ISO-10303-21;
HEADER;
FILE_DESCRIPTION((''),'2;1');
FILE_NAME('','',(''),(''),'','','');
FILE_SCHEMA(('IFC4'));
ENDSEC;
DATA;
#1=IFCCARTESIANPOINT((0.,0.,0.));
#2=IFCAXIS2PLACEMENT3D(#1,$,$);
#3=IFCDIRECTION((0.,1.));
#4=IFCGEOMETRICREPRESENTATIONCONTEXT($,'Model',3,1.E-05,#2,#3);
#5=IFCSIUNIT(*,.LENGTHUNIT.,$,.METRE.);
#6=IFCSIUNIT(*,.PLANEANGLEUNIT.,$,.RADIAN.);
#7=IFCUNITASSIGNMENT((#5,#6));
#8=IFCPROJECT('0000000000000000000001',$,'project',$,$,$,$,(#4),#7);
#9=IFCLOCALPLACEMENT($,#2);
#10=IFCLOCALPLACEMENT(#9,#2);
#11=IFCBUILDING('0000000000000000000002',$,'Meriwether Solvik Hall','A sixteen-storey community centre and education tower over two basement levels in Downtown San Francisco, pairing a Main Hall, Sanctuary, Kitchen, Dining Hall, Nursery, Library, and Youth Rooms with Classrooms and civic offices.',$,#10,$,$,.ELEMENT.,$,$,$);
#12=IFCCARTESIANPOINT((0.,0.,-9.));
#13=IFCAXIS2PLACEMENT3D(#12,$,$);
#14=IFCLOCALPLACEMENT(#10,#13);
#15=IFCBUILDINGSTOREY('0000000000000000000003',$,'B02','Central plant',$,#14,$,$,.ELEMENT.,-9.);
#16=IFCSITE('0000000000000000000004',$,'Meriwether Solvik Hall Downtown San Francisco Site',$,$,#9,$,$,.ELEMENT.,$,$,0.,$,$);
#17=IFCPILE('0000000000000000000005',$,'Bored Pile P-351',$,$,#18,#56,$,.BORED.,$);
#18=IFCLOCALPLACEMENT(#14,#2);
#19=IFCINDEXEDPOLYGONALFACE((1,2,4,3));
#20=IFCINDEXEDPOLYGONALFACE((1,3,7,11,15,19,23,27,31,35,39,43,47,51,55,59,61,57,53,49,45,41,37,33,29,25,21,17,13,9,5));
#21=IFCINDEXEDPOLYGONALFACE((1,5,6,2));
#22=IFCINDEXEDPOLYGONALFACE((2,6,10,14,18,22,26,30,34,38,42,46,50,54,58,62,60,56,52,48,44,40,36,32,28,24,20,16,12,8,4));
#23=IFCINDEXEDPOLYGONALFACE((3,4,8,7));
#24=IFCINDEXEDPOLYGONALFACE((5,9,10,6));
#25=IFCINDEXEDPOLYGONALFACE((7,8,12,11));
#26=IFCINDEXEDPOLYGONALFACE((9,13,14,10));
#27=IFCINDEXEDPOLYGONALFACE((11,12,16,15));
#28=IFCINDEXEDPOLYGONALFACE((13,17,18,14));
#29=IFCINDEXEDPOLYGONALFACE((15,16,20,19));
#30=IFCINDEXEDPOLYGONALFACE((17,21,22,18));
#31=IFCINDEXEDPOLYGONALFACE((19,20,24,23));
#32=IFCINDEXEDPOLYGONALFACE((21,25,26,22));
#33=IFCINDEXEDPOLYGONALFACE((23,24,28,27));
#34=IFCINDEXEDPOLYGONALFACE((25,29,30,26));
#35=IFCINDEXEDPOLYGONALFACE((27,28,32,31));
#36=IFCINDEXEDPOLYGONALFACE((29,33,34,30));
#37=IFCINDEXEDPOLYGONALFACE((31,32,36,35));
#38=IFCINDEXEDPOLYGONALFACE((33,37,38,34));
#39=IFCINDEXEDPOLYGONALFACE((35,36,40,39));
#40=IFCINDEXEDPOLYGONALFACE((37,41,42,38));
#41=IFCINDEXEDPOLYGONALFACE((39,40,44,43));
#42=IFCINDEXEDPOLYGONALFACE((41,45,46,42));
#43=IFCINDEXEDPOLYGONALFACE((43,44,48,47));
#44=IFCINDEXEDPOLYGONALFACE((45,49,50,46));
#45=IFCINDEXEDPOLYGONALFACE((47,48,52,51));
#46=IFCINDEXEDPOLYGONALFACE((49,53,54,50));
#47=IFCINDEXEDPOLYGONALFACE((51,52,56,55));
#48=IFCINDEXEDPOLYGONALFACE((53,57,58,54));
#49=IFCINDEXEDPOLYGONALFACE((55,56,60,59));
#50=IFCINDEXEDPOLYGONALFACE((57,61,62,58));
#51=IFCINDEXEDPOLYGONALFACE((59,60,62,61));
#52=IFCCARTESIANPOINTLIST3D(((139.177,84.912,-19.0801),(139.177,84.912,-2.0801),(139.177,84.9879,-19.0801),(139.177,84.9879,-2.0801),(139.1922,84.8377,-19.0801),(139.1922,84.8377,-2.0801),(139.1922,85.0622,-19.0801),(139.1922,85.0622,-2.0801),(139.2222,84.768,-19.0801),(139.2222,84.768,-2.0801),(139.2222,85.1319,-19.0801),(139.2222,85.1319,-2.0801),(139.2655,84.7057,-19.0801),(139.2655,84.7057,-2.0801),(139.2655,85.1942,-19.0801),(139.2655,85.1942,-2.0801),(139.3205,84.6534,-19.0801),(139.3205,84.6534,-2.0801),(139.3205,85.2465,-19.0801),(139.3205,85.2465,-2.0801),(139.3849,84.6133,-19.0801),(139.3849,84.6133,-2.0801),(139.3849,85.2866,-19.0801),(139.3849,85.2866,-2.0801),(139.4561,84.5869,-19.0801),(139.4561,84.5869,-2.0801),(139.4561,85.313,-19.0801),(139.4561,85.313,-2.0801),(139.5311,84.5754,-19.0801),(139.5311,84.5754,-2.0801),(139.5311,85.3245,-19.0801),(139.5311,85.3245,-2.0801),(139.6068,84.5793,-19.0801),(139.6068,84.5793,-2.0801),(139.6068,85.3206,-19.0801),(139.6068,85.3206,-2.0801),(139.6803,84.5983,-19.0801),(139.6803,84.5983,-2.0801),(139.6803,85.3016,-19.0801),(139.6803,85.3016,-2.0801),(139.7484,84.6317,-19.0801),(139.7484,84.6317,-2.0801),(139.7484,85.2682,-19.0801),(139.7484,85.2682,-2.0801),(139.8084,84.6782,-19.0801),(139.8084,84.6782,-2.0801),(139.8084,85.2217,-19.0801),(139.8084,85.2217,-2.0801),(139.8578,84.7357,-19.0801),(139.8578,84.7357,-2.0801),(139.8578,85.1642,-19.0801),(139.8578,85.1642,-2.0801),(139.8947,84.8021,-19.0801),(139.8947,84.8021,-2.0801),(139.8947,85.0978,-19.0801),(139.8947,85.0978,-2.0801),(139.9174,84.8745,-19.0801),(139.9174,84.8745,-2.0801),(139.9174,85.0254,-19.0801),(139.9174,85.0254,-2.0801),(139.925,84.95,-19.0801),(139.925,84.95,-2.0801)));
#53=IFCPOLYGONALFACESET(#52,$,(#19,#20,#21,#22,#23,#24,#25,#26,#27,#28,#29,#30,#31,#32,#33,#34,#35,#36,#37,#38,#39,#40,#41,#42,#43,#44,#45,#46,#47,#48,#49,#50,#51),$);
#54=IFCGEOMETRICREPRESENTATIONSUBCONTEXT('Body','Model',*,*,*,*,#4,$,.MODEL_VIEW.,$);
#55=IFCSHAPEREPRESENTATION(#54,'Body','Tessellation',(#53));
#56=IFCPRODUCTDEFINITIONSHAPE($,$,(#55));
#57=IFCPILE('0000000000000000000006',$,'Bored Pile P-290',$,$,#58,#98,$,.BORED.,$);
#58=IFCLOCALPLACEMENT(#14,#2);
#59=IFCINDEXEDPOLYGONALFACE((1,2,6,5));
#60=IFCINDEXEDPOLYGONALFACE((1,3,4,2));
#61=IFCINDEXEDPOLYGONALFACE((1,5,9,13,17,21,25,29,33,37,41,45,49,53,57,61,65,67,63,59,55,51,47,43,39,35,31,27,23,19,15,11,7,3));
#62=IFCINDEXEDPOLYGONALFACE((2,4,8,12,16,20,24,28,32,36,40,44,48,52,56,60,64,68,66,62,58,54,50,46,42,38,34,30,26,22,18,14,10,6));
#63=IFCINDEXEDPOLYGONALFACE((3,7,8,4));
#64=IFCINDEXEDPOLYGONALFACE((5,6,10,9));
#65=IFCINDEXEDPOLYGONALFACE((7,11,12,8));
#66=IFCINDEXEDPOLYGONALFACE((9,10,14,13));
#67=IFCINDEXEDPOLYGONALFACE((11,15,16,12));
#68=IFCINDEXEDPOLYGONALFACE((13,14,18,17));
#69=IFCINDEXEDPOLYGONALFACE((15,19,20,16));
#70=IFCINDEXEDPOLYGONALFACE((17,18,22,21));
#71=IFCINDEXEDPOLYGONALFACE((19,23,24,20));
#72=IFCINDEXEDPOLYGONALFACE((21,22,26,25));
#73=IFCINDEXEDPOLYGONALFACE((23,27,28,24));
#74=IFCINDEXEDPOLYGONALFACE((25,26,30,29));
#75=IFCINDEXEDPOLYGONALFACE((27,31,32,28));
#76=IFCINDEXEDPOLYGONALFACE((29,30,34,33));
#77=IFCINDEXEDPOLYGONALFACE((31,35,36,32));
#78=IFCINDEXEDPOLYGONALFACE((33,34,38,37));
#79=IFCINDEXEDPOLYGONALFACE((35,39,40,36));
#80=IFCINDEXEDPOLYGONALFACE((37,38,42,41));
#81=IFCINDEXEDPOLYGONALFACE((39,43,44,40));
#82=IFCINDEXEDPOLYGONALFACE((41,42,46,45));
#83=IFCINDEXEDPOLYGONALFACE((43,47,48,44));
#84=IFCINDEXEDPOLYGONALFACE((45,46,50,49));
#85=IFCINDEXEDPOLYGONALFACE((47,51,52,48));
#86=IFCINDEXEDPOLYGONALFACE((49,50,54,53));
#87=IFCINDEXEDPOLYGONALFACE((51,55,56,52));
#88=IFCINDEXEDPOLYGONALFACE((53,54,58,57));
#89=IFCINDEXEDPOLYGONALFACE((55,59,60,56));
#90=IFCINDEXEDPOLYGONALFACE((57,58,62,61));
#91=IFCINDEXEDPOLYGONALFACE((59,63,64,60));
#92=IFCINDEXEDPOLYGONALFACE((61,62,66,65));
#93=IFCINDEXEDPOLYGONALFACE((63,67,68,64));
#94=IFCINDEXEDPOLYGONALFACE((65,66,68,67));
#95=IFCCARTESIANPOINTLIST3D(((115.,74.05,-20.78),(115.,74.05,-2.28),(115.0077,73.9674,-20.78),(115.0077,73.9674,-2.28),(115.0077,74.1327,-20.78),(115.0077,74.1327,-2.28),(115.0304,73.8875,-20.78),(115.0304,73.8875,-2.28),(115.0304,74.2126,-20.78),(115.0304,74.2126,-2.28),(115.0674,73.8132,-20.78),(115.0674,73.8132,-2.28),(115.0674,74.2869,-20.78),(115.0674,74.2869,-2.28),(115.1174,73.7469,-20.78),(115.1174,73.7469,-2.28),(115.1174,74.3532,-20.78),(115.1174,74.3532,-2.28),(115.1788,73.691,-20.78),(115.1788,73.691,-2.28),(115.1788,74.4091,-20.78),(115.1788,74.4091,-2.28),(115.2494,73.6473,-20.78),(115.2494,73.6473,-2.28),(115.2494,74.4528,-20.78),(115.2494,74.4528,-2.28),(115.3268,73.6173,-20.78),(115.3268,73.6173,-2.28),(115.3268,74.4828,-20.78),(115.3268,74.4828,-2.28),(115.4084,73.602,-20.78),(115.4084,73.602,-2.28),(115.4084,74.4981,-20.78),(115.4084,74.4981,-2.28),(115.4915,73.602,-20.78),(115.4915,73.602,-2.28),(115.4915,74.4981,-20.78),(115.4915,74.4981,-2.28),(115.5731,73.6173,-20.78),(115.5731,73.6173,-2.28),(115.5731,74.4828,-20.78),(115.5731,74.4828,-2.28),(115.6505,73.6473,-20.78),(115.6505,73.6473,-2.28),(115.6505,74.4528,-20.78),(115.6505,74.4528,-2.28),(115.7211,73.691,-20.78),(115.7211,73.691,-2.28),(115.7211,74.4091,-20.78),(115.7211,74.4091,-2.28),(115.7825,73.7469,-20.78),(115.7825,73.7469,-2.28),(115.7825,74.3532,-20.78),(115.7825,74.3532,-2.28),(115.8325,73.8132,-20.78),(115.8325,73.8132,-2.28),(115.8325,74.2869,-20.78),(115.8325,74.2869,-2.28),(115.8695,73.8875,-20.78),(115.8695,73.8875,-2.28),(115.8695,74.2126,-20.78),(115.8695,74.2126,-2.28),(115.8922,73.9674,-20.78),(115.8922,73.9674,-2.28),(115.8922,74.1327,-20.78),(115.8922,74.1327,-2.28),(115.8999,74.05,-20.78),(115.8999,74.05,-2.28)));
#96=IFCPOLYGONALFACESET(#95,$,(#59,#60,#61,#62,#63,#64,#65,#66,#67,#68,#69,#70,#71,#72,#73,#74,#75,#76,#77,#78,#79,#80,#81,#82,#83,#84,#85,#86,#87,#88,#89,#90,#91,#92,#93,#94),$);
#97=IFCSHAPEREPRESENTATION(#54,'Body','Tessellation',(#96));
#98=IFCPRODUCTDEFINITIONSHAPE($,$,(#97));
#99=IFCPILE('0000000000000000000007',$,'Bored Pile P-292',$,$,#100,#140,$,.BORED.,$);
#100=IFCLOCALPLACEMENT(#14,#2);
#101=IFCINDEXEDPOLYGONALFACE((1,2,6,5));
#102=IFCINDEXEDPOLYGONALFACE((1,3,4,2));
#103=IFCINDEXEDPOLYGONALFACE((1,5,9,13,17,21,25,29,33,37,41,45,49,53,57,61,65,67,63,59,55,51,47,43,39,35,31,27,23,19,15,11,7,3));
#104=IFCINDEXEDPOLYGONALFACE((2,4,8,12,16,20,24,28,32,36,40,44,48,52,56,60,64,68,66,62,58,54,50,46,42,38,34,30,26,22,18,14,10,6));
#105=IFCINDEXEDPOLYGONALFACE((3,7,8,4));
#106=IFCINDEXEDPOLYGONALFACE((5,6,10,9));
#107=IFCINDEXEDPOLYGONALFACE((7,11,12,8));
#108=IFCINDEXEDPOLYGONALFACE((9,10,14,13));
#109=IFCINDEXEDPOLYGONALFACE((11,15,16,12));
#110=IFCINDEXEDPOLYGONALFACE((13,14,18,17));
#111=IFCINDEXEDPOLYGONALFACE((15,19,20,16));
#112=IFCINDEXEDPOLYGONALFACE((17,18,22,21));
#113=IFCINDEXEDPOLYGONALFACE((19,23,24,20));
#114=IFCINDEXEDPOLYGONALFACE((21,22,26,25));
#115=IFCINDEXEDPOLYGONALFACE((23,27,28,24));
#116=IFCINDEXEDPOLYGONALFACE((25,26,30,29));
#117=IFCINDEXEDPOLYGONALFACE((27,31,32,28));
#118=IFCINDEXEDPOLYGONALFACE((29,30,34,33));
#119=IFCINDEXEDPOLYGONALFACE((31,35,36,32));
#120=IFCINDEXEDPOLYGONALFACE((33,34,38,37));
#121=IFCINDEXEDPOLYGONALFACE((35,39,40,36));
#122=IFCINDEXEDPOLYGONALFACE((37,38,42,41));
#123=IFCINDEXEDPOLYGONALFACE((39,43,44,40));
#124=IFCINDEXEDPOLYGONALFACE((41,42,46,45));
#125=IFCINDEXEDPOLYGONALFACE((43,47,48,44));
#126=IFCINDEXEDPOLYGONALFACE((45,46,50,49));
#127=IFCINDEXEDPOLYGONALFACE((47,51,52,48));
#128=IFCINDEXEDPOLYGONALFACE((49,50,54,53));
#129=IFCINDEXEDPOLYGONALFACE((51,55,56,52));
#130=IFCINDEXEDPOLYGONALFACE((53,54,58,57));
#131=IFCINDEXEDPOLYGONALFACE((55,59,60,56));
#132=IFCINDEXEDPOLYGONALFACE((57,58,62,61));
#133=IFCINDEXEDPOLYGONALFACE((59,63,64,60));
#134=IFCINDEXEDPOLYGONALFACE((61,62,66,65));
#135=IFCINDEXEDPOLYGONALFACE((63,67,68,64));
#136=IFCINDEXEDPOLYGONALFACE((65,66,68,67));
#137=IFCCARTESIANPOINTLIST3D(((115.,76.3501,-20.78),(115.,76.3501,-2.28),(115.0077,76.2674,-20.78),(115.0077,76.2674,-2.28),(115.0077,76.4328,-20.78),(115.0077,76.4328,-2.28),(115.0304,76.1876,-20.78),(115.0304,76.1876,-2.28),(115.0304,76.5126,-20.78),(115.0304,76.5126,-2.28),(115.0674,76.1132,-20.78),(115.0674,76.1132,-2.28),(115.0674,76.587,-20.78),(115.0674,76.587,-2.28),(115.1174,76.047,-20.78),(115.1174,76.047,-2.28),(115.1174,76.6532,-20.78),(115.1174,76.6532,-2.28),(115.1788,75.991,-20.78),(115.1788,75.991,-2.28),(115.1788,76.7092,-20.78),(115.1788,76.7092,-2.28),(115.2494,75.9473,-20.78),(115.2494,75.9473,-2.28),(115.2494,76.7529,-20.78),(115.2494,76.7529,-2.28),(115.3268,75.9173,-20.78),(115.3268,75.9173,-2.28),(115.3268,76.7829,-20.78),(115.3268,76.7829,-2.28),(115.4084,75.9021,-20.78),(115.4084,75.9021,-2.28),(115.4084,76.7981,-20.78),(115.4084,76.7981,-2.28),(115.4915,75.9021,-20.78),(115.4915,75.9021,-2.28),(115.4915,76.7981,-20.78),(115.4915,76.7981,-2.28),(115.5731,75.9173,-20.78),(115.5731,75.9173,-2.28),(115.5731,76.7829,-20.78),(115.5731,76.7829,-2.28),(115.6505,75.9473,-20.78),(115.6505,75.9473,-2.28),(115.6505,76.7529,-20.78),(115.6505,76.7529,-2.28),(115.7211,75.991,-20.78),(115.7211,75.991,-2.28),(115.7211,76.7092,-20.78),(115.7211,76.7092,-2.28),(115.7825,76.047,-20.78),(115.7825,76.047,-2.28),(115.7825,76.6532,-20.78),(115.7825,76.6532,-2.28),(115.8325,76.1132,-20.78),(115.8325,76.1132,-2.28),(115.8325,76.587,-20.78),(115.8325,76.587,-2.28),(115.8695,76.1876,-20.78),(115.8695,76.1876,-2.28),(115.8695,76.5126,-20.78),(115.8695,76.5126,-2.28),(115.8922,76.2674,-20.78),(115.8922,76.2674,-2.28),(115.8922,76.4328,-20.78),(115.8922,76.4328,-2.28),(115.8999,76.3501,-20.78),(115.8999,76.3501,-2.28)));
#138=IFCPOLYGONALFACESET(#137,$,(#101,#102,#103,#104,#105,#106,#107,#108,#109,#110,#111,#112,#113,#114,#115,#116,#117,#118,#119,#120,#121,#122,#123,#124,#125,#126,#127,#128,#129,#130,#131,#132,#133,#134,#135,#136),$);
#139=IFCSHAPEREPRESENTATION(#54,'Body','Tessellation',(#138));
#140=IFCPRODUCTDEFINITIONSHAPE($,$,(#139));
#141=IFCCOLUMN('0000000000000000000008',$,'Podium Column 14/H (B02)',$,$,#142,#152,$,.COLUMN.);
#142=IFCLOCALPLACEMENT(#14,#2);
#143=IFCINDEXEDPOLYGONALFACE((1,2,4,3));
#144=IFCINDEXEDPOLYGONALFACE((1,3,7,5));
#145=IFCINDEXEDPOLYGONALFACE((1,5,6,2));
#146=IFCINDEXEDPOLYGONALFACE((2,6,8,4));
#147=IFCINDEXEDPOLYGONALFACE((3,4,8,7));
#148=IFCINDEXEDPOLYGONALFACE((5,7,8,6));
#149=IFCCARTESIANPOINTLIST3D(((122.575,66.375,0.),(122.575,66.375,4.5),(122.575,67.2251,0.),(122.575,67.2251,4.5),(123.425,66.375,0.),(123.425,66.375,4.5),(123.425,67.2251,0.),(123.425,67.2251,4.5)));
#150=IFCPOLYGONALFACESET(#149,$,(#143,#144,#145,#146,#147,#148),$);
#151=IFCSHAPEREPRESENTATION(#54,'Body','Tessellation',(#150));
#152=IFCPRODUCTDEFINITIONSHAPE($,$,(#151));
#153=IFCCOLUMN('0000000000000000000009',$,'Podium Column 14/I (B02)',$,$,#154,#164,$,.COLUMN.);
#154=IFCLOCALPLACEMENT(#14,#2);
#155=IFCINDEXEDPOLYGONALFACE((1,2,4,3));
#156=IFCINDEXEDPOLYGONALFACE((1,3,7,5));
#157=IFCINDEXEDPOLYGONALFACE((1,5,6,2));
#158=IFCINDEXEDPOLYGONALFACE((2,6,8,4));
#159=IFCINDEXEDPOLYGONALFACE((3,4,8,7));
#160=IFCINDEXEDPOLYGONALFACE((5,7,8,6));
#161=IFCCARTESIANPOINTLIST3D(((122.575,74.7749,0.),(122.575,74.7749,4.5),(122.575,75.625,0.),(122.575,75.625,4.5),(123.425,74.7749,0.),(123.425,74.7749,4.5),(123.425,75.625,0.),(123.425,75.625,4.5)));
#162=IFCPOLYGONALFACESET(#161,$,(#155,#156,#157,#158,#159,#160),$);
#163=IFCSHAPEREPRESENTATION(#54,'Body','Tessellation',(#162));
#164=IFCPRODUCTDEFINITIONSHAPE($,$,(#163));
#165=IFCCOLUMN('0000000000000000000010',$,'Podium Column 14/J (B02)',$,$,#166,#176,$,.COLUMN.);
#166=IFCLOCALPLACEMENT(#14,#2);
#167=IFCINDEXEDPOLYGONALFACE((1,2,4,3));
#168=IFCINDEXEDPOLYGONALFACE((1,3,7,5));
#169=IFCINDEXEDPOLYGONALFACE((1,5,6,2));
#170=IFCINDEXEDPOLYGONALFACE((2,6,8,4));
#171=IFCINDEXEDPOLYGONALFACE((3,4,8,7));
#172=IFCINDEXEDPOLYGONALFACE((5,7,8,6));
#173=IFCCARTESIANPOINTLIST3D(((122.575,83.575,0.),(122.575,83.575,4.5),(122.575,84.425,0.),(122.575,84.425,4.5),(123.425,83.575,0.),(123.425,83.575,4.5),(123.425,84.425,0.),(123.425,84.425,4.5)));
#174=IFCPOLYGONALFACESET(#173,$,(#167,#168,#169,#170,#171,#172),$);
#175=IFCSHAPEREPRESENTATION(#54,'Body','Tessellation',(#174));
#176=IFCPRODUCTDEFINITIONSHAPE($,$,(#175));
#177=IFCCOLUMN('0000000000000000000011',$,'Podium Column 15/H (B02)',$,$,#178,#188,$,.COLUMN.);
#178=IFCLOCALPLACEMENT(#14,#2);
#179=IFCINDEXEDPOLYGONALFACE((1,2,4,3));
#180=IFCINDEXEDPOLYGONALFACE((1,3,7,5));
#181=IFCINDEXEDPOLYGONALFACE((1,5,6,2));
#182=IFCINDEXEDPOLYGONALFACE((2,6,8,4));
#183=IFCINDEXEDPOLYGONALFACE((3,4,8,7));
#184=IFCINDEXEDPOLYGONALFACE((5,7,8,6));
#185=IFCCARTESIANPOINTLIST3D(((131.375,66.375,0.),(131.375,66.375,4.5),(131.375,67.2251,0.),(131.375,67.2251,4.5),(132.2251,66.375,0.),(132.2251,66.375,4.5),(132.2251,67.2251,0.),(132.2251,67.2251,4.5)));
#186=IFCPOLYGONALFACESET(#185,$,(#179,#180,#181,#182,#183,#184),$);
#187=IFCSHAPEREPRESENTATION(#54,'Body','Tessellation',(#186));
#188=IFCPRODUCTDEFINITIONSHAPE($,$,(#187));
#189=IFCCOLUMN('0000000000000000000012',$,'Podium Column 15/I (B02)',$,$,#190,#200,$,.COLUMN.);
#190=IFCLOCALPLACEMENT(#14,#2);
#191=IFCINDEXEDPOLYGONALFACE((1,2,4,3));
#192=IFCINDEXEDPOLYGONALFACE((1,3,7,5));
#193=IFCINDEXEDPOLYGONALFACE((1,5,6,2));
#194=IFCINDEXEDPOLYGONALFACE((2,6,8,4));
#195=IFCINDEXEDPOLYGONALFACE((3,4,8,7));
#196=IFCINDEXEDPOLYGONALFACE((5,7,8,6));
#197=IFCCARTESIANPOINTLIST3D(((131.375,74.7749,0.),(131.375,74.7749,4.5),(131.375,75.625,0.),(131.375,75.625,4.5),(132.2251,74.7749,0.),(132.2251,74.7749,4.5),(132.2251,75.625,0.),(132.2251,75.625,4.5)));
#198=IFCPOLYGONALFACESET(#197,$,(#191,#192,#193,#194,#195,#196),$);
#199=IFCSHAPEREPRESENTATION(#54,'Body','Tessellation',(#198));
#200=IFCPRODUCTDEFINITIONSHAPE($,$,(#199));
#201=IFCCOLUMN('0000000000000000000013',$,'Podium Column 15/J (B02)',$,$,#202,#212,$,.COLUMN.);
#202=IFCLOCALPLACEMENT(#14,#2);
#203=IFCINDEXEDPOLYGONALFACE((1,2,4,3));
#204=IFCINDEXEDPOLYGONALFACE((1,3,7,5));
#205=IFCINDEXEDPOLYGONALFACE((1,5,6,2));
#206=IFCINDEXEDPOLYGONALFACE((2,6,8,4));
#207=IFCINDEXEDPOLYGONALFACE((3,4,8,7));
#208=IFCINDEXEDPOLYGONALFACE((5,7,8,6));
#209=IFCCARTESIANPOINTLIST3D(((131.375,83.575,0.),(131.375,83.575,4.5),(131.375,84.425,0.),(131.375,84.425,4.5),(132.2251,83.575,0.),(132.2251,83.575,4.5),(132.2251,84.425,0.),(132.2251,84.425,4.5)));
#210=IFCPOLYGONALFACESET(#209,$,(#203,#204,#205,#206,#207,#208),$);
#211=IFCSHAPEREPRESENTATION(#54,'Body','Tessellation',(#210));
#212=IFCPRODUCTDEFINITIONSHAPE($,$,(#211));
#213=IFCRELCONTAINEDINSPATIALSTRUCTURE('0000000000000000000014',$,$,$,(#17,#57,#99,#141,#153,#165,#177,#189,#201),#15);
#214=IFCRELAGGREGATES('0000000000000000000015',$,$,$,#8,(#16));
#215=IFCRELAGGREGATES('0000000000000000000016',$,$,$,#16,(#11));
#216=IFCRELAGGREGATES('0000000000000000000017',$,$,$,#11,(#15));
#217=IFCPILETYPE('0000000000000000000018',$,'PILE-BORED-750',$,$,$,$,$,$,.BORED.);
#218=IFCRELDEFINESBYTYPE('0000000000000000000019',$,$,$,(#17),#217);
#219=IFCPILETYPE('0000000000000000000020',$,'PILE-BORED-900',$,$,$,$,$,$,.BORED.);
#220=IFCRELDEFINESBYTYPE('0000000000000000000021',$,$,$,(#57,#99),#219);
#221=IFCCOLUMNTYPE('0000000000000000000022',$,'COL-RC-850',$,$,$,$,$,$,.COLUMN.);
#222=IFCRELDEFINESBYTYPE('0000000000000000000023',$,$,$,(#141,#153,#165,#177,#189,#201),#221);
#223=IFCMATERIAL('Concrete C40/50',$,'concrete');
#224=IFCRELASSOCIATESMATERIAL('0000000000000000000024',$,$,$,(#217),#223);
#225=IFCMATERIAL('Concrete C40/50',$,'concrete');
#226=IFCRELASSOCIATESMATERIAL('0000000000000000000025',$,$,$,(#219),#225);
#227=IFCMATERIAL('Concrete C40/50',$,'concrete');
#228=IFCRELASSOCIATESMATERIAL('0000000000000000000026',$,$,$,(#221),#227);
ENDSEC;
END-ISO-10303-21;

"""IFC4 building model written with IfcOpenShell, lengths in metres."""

from ifc_helpers import new_model, si_unit, direction, frame, origin, origin_2d, place, context, subcontext, project, spatial, rectangle, circle, extrude, material, material_profile, profile_set, type_object, element, save


model = new_model("IFC4")

# Units and contexts
model_context = context("Model", 3, precision=1e-05, world=origin(), true_north=direction((0.0, 1.0)))
body_context = subcontext(model_context, "Body", "Model", "MODEL_VIEW")
ifc_project = project(units=[si_unit("LENGTHUNIT", "METRE"), si_unit("PLANEANGLEUNIT", "RADIAN")], contexts=[model_context])

# Site, building, storey
site_placement = place(None, origin())
site = spatial("IfcSite", under=ifc_project, at=site_placement, Name="Meriwether Solvik Hall Downtown San Francisco Site", CompositionType="ELEMENT", RefElevation=0.0)
building_placement = place(site_placement, origin())
building = spatial("IfcBuilding", under=site, at=building_placement, Name="Meriwether Solvik Hall", Description="A sixteen-storey community centre and education tower over two basement levels in Downtown San Francisco, pairing a Main Hall, Sanctuary, Kitchen, Dining Hall, Nursery, Library, and Youth Rooms with Classrooms and civic offices.", CompositionType="ELEMENT")
storey_placement = place(building_placement, frame((0.0, 0.0, -9.0)))
storey = spatial("IfcBuildingStorey", under=building, at=storey_placement, Name="B02", Description="Central plant", CompositionType="ELEMENT", Elevation=-9.0)

# Piles
ifc_material_1 = material(Name="Concrete C40/50", Category="concrete")
ifc_material_profile_1 = material_profile(ifc_material_1, circle(Radius=0.375, at=origin_2d()), Name="PILE-D750")
ifc_profile_set_1 = profile_set([ifc_material_profile_1], Name="Concrete C40/50")
pile_type_1 = type_object("IfcPileType", Name="PILE-BORED-750", PredefinedType="BORED", material=ifc_profile_set_1)
for number, where, z_axis, x_axis, name in (
    (1, (139.55, 84.95, -2.0801), (0.0, 0.0, -1.0), (1.0, 0.0, 0.0), "Bored Pile P-351"),
):
    element("IfcPile", number, at=place(storey_placement, frame(where, z_axis=z_axis, x_axis=x_axis)), inside=storey, type_object=pile_type_1, Name=name, PredefinedType="BORED", context=body_context, shape_type="SweptSolid", body=[
        extrude(circle(Radius=0.375, at=origin_2d()), origin(), (0.0, 0.0, 1.0), 17.0),
    ])
ifc_material_2 = material(Name="Concrete C40/50", Category="concrete")
ifc_material_profile_2 = material_profile(ifc_material_2, circle(Radius=0.45, at=origin_2d()), Name="PILE-D900")
ifc_profile_set_2 = profile_set([ifc_material_profile_2], Name="Concrete C40/50")
pile_type_2 = type_object("IfcPileType", Name="PILE-BORED-900", PredefinedType="BORED", material=ifc_profile_set_2)
for number, where, z_axis, x_axis, name in (
    (2, (115.45, 74.05, -2.28), (0.0, 0.0, -1.0), (1.0, 0.0, 0.0), "Bored Pile P-290"),
    (3, (115.45, 76.3501, -2.28), (0.0, 0.0, -1.0), (1.0, 0.0, 0.0), "Bored Pile P-292"),
):
    element("IfcPile", number, at=place(storey_placement, frame(where, z_axis=z_axis, x_axis=x_axis)), inside=storey, type_object=pile_type_2, Name=name, PredefinedType="BORED", context=body_context, shape_type="SweptSolid", body=[
        extrude(circle(Radius=0.45, at=origin_2d()), origin(), (0.0, 0.0, 1.0), 18.5),
    ])

# Columns
ifc_material_3 = material(Name="Concrete C40/50", Category="concrete")
ifc_material_profile_3 = material_profile(ifc_material_3, rectangle(XDim=0.8501, YDim=0.8501, at=origin_2d()), Name="RCC-850X850")
ifc_profile_set_3 = profile_set([ifc_material_profile_3], Name="Concrete C40/50")
column_type = type_object("IfcColumnType", Name="COL-RC-850", PredefinedType="COLUMN", material=ifc_profile_set_3)
for number, where, z_axis, x_axis, name in (
    (4, (123.0, 66.8, 0.0), (0.0, 0.0, 1.0), (1.0, 0.0, 0.0), "Podium Column 14/H (B02)"),
    (5, (123.0, 75.2, 0.0), (0.0, 0.0, 1.0), (1.0, 0.0, 0.0), "Podium Column 14/I (B02)"),
    (6, (123.0, 84.0, 0.0), (0.0, 0.0, 1.0), (1.0, 0.0, 0.0), "Podium Column 14/J (B02)"),
    (7, (131.8, 66.8, 0.0), (0.0, 0.0, 1.0), (1.0, 0.0, 0.0), "Podium Column 15/H (B02)"),
    (8, (131.8, 75.2, 0.0), (0.0, 0.0, 1.0), (1.0, 0.0, 0.0), "Podium Column 15/I (B02)"),
    (9, (131.8, 84.0, 0.0), (0.0, 0.0, 1.0), (1.0, 0.0, 0.0), "Podium Column 15/J (B02)"),
):
    element("IfcColumn", number, at=place(storey_placement, frame(where, z_axis=z_axis, x_axis=x_axis)), inside=storey, type_object=column_type, Name=name, PredefinedType="COLUMN", context=body_context, shape_type="SweptSolid", body=[
        extrude(rectangle(XDim=0.8501, YDim=0.8501, at=origin_2d()), origin(), (0.0, 0.0, 1.0), 4.5),
    ])

save(model, "model.ifc")
